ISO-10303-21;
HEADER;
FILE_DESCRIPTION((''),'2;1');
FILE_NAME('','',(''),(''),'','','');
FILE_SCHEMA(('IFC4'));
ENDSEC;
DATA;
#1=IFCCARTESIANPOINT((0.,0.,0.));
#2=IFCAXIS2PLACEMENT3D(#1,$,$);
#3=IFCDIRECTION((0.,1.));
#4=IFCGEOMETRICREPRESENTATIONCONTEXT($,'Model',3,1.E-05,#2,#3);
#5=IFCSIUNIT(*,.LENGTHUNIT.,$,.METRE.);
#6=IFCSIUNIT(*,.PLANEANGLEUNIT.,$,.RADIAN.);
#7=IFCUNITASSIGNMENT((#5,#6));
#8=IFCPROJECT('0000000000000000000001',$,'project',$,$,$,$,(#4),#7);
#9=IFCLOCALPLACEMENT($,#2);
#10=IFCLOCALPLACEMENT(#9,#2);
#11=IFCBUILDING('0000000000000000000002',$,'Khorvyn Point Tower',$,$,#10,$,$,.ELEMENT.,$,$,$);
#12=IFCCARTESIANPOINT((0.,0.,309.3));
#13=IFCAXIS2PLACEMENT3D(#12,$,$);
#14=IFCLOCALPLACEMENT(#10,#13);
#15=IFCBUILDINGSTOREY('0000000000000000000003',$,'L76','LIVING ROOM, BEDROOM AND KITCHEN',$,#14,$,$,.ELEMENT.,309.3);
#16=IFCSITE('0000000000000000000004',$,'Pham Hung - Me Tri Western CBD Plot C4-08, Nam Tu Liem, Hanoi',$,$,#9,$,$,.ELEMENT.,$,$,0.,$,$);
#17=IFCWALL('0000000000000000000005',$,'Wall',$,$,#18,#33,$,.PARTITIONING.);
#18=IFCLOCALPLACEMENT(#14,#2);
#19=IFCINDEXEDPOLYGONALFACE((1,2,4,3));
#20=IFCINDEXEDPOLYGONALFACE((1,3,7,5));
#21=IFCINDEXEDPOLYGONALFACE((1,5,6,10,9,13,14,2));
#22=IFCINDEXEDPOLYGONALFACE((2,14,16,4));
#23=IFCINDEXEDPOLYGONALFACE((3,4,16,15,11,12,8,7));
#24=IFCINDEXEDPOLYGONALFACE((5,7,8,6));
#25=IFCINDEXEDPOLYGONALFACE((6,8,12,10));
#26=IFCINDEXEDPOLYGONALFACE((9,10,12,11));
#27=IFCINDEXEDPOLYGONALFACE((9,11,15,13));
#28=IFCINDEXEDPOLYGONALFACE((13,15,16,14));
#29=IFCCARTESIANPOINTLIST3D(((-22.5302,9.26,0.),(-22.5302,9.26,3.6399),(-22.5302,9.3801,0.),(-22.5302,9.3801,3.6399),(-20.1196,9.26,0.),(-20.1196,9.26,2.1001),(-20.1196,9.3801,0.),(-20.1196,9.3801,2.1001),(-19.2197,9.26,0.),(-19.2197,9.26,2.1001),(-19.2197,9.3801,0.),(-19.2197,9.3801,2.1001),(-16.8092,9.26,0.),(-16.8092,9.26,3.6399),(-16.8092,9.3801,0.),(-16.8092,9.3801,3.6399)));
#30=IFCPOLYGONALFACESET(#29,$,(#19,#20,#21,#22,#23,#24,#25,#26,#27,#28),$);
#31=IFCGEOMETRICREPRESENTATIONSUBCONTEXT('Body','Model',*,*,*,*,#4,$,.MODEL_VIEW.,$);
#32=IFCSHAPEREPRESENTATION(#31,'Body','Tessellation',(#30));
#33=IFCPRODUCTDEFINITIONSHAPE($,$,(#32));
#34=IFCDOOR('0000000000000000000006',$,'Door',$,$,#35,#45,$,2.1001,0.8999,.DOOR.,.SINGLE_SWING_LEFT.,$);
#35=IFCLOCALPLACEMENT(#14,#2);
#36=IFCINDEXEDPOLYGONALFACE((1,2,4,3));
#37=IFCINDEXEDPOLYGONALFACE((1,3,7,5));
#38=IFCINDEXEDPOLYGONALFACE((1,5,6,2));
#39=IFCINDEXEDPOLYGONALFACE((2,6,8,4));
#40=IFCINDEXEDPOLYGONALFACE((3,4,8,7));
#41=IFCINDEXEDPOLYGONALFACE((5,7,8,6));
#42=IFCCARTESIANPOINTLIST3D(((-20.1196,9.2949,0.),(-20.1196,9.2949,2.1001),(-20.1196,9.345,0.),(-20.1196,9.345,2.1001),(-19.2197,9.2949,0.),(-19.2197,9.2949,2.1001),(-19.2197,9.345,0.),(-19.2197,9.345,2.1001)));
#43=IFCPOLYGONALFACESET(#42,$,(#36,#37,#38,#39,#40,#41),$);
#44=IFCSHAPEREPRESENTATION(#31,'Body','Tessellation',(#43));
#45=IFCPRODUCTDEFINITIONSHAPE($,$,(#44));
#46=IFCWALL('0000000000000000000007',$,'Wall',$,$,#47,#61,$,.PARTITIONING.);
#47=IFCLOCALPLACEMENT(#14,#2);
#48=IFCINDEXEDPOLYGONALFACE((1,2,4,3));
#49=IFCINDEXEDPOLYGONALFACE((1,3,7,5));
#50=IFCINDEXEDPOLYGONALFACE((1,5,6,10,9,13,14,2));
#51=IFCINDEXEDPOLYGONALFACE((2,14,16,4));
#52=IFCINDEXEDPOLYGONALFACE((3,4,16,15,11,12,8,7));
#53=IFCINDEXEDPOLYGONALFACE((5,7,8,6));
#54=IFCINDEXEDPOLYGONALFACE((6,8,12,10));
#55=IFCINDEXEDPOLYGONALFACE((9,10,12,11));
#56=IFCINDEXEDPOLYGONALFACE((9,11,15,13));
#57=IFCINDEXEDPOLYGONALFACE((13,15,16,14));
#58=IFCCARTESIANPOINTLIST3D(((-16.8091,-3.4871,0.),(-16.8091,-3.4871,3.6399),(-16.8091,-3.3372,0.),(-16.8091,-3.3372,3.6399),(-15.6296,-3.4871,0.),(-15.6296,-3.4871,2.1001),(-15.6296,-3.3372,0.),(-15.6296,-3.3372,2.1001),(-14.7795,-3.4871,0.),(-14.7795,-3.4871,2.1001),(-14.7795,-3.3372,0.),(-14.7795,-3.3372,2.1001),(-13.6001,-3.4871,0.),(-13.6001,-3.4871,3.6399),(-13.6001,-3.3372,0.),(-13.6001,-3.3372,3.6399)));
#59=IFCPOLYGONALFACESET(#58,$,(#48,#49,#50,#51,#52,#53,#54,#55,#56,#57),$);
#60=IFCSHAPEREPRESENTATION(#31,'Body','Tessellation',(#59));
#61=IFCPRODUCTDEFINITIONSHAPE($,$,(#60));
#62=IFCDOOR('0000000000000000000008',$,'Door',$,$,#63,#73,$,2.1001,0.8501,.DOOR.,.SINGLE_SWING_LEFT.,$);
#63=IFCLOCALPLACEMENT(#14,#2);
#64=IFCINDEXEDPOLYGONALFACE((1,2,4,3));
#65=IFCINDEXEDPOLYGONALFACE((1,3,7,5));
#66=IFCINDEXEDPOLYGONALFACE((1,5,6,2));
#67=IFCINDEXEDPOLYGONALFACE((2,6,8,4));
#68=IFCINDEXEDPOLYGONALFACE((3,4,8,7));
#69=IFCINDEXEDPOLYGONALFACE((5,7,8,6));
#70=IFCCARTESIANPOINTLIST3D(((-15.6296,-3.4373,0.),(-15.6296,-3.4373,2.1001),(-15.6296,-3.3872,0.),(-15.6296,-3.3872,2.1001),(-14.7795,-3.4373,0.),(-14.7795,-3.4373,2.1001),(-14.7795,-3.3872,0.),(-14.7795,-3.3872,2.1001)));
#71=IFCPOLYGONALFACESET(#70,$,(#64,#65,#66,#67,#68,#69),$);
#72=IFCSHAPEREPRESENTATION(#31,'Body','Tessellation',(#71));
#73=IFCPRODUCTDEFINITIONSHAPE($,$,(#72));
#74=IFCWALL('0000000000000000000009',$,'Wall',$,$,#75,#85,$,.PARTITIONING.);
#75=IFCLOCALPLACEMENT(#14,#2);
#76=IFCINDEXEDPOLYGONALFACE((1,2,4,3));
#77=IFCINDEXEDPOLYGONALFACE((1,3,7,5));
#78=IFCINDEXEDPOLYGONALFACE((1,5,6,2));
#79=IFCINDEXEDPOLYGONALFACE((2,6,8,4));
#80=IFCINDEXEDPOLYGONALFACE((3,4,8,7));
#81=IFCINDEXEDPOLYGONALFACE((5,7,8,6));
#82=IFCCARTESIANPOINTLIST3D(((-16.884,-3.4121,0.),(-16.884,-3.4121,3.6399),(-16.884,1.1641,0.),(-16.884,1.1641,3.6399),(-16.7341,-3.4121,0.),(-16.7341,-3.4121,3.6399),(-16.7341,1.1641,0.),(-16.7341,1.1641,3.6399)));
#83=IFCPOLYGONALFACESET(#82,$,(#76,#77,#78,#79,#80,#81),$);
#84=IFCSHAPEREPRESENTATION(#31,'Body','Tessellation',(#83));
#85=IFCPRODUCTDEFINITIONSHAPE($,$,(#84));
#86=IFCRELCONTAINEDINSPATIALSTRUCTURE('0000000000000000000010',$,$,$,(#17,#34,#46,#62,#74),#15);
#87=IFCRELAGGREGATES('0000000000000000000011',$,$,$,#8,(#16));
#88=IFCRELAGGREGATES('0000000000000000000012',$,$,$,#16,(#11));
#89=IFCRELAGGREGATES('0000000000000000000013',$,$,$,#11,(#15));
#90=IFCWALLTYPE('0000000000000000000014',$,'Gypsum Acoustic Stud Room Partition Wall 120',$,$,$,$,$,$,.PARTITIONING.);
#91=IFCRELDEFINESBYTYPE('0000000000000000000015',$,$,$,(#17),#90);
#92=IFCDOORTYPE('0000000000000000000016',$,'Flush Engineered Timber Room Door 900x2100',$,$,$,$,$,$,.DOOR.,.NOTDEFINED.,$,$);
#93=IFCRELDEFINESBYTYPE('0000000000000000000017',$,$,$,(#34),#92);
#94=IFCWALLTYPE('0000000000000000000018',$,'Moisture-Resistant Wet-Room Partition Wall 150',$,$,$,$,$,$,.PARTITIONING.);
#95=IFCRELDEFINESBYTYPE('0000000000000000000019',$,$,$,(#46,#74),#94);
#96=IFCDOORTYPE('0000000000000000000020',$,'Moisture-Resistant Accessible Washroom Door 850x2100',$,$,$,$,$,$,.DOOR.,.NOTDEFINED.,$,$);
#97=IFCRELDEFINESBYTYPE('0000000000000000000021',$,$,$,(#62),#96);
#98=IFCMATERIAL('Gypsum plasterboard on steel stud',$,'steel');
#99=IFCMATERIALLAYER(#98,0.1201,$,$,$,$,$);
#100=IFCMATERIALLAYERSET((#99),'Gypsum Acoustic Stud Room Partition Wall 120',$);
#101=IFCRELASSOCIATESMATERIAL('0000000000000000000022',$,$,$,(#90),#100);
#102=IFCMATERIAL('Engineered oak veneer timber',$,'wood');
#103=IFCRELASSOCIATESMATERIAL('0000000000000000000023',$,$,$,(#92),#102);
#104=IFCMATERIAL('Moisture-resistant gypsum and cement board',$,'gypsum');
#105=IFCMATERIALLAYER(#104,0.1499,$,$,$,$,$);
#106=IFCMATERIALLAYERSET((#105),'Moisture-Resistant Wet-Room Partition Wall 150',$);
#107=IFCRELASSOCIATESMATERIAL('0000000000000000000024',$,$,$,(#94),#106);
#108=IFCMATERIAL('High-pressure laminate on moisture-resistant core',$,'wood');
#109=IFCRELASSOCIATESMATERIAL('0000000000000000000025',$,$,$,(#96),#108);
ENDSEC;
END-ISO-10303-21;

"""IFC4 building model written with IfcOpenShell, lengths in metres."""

from ifc_helpers import new_model, si_unit, direction, frame, frame_2d, origin, place, context, subcontext, project, spatial, rectangle, extrude, material, layer, layer_set, type_object, element, fill, save


model = new_model("IFC4")

# Units and contexts
model_context = context("Model", 3, precision=1e-05, world=origin(), true_north=direction((0.0, 1.0)))
body_context = subcontext(model_context, "Body", "Model", "MODEL_VIEW")
ifc_project = project(units=[si_unit("LENGTHUNIT", "METRE"), si_unit("PLANEANGLEUNIT", "RADIAN")], contexts=[model_context])

# Site, building, storey
site_placement = place(None, origin())
site = spatial("IfcSite", under=ifc_project, at=site_placement, Name="Pham Hung - Me Tri Western CBD Plot C4-08, Nam Tu Liem, Hanoi", CompositionType="ELEMENT", RefElevation=0.0)
building_placement = place(site_placement, origin())
building = spatial("IfcBuilding", under=site, at=building_placement, Name="Khorvyn Point Tower", CompositionType="ELEMENT")
storey_placement = place(building_placement, frame((0.0, 0.0, 309.3)))
storey = spatial("IfcBuildingStorey", under=building, at=storey_placement, Name="L76", Description="LIVING ROOM, BEDROOM AND KITCHEN", CompositionType="ELEMENT", Elevation=309.3)

# Walls, openings, doors
ifc_material_1 = material(Name="Gypsum plasterboard on steel stud", Category="steel")
ifc_layer_1 = layer(ifc_material_1, 0.1201)
ifc_layer_set_1 = layer_set([ifc_layer_1], Name="Gypsum Acoustic Stud Room Partition Wall 120")
wall_type_1 = type_object("IfcWallType", Name="Gypsum Acoustic Stud Room Partition Wall 120", PredefinedType="PARTITIONING", material=ifc_layer_set_1)
ifc_material_2 = material(Name="Engineered oak veneer timber", Category="wood")
door_type_1 = type_object("IfcDoorType", Name="Flush Engineered Timber Room Door 900x2100", OperationType="NOTDEFINED", PredefinedType="DOOR", material=ifc_material_2)
wall_1_placement = place(storey_placement, frame((-22.53, 9.3201, 0.0), z_axis=(0.0, 0.0, 1.0), x_axis=(1.0, 0.0, 0.0)))
wall_1 = element("IfcWall", 1, at=wall_1_placement, inside=storey, type_object=wall_type_1, Name="Wall", PredefinedType="PARTITIONING", context=body_context, shape_type="SweptSolid", body=[
    extrude(rectangle(XDim=5.7209, YDim=0.1201, at=frame_2d((2.8604, 0.0))), origin(), (0.0, 0.0, 1.0), 3.6399),
])
opening_1_placement = place(wall_1_placement, frame((2.4104, 0.0, 0.0)))
opening_1 = element("IfcOpeningElement", 2, at=opening_1_placement, cuts=wall_1, PredefinedType="OPENING", context=body_context, shape_type="SweptSolid", body=[
    extrude(rectangle(XDim=0.8999, YDim=2.1001, at=frame_2d((0.45, 1.05))), frame((0.0, 0.0701, 0.0), z_axis=(0.0, -1.0, 0.0), x_axis=(1.0, 0.0, 0.0)), (0.0, 0.0, 1.0), 0.1401),
])
door_1_placement = place(opening_1_placement, origin())
door_1 = element("IfcDoor", 3, at=door_1_placement, inside=storey, type_object=door_type_1, Name="Door", OperationType="SINGLE_SWING_LEFT", OverallHeight=2.1001, OverallWidth=0.8999, PredefinedType="DOOR", context=body_context, shape_type="SweptSolid", body=[
    extrude(rectangle(XDim=0.8999, YDim=2.1001, at=frame_2d((0.45, 1.05))), frame((0.0, 0.0249, 0.0), z_axis=(0.0, -1.0, 0.0), x_axis=(1.0, 0.0, 0.0)), (0.0, 0.0, 1.0), 0.05),
])
fill(opening_1, door_1)
ifc_material_3 = material(Name="Moisture-resistant gypsum and cement board", Category="gypsum")
ifc_layer_2 = layer(ifc_material_3, 0.1499)
ifc_layer_set_2 = layer_set([ifc_layer_2], Name="Moisture-Resistant Wet-Room Partition Wall 150")
wall_type_2 = type_object("IfcWallType", Name="Moisture-Resistant Wet-Room Partition Wall 150", PredefinedType="PARTITIONING", material=ifc_layer_set_2)
wall_2_placement = place(storey_placement, frame((-16.8091, -3.4121, 0.0), z_axis=(0.0, 0.0, 1.0), x_axis=(1.0, 0.0, 0.0)))
wall_2 = element("IfcWall", 4, at=wall_2_placement, inside=storey, type_object=wall_type_2, Name="Wall", PredefinedType="PARTITIONING", context=body_context, shape_type="SweptSolid", body=[
    extrude(rectangle(XDim=3.209, YDim=0.1499, at=frame_2d((1.6045, 0.0))), origin(), (0.0, 0.0, 1.0), 3.6399),
])
opening_2_placement = place(wall_2_placement, frame((1.1794, 0.0, 0.0)))
opening_2 = element("IfcOpeningElement", 5, at=opening_2_placement, cuts=wall_2, PredefinedType="OPENING", context=body_context, shape_type="SweptSolid", body=[
    extrude(rectangle(XDim=0.8501, YDim=2.1001, at=frame_2d((0.425, 1.05))), frame((0.0, 0.085, 0.0), z_axis=(0.0, -1.0, 0.0), x_axis=(1.0, 0.0, 0.0)), (0.0, 0.0, 1.0), 0.1699),
])
ifc_material_4 = material(Name="High-pressure laminate on moisture-resistant core", Category="wood")
door_type_2 = type_object("IfcDoorType", Name="Moisture-Resistant Accessible Washroom Door 850x2100", OperationType="NOTDEFINED", PredefinedType="DOOR", material=ifc_material_4)
door_2_placement = place(opening_2_placement, origin())
door_2 = element("IfcDoor", 6, at=door_2_placement, inside=storey, type_object=door_type_2, Name="Door", OperationType="SINGLE_SWING_LEFT", OverallHeight=2.1001, OverallWidth=0.8501, PredefinedType="DOOR", context=body_context, shape_type="SweptSolid", body=[
    extrude(rectangle(XDim=0.8501, YDim=2.1001, at=frame_2d((0.425, 1.05))), frame((0.0, 0.0249, 0.0), z_axis=(0.0, -1.0, 0.0), x_axis=(1.0, 0.0, 0.0)), (0.0, 0.0, 1.0), 0.05),
])
fill(opening_2, door_2)

# Wall
wall_3_placement = place(storey_placement, frame((-16.8091, -3.4121, 0.0), z_axis=(0.0, 0.0, 1.0), x_axis=(0.0, 1.0, 0.0)))
element("IfcWall", 7, at=wall_3_placement, inside=storey, type_object=wall_type_2, Name="Wall", PredefinedType="PARTITIONING", context=body_context, shape_type="SweptSolid", body=[
    extrude(rectangle(XDim=4.5762, YDim=0.1499, at=frame_2d((2.2881, 0.0))), origin(), (0.0, 0.0, 1.0), 3.6399),
])

save(model, "model.ifc")
